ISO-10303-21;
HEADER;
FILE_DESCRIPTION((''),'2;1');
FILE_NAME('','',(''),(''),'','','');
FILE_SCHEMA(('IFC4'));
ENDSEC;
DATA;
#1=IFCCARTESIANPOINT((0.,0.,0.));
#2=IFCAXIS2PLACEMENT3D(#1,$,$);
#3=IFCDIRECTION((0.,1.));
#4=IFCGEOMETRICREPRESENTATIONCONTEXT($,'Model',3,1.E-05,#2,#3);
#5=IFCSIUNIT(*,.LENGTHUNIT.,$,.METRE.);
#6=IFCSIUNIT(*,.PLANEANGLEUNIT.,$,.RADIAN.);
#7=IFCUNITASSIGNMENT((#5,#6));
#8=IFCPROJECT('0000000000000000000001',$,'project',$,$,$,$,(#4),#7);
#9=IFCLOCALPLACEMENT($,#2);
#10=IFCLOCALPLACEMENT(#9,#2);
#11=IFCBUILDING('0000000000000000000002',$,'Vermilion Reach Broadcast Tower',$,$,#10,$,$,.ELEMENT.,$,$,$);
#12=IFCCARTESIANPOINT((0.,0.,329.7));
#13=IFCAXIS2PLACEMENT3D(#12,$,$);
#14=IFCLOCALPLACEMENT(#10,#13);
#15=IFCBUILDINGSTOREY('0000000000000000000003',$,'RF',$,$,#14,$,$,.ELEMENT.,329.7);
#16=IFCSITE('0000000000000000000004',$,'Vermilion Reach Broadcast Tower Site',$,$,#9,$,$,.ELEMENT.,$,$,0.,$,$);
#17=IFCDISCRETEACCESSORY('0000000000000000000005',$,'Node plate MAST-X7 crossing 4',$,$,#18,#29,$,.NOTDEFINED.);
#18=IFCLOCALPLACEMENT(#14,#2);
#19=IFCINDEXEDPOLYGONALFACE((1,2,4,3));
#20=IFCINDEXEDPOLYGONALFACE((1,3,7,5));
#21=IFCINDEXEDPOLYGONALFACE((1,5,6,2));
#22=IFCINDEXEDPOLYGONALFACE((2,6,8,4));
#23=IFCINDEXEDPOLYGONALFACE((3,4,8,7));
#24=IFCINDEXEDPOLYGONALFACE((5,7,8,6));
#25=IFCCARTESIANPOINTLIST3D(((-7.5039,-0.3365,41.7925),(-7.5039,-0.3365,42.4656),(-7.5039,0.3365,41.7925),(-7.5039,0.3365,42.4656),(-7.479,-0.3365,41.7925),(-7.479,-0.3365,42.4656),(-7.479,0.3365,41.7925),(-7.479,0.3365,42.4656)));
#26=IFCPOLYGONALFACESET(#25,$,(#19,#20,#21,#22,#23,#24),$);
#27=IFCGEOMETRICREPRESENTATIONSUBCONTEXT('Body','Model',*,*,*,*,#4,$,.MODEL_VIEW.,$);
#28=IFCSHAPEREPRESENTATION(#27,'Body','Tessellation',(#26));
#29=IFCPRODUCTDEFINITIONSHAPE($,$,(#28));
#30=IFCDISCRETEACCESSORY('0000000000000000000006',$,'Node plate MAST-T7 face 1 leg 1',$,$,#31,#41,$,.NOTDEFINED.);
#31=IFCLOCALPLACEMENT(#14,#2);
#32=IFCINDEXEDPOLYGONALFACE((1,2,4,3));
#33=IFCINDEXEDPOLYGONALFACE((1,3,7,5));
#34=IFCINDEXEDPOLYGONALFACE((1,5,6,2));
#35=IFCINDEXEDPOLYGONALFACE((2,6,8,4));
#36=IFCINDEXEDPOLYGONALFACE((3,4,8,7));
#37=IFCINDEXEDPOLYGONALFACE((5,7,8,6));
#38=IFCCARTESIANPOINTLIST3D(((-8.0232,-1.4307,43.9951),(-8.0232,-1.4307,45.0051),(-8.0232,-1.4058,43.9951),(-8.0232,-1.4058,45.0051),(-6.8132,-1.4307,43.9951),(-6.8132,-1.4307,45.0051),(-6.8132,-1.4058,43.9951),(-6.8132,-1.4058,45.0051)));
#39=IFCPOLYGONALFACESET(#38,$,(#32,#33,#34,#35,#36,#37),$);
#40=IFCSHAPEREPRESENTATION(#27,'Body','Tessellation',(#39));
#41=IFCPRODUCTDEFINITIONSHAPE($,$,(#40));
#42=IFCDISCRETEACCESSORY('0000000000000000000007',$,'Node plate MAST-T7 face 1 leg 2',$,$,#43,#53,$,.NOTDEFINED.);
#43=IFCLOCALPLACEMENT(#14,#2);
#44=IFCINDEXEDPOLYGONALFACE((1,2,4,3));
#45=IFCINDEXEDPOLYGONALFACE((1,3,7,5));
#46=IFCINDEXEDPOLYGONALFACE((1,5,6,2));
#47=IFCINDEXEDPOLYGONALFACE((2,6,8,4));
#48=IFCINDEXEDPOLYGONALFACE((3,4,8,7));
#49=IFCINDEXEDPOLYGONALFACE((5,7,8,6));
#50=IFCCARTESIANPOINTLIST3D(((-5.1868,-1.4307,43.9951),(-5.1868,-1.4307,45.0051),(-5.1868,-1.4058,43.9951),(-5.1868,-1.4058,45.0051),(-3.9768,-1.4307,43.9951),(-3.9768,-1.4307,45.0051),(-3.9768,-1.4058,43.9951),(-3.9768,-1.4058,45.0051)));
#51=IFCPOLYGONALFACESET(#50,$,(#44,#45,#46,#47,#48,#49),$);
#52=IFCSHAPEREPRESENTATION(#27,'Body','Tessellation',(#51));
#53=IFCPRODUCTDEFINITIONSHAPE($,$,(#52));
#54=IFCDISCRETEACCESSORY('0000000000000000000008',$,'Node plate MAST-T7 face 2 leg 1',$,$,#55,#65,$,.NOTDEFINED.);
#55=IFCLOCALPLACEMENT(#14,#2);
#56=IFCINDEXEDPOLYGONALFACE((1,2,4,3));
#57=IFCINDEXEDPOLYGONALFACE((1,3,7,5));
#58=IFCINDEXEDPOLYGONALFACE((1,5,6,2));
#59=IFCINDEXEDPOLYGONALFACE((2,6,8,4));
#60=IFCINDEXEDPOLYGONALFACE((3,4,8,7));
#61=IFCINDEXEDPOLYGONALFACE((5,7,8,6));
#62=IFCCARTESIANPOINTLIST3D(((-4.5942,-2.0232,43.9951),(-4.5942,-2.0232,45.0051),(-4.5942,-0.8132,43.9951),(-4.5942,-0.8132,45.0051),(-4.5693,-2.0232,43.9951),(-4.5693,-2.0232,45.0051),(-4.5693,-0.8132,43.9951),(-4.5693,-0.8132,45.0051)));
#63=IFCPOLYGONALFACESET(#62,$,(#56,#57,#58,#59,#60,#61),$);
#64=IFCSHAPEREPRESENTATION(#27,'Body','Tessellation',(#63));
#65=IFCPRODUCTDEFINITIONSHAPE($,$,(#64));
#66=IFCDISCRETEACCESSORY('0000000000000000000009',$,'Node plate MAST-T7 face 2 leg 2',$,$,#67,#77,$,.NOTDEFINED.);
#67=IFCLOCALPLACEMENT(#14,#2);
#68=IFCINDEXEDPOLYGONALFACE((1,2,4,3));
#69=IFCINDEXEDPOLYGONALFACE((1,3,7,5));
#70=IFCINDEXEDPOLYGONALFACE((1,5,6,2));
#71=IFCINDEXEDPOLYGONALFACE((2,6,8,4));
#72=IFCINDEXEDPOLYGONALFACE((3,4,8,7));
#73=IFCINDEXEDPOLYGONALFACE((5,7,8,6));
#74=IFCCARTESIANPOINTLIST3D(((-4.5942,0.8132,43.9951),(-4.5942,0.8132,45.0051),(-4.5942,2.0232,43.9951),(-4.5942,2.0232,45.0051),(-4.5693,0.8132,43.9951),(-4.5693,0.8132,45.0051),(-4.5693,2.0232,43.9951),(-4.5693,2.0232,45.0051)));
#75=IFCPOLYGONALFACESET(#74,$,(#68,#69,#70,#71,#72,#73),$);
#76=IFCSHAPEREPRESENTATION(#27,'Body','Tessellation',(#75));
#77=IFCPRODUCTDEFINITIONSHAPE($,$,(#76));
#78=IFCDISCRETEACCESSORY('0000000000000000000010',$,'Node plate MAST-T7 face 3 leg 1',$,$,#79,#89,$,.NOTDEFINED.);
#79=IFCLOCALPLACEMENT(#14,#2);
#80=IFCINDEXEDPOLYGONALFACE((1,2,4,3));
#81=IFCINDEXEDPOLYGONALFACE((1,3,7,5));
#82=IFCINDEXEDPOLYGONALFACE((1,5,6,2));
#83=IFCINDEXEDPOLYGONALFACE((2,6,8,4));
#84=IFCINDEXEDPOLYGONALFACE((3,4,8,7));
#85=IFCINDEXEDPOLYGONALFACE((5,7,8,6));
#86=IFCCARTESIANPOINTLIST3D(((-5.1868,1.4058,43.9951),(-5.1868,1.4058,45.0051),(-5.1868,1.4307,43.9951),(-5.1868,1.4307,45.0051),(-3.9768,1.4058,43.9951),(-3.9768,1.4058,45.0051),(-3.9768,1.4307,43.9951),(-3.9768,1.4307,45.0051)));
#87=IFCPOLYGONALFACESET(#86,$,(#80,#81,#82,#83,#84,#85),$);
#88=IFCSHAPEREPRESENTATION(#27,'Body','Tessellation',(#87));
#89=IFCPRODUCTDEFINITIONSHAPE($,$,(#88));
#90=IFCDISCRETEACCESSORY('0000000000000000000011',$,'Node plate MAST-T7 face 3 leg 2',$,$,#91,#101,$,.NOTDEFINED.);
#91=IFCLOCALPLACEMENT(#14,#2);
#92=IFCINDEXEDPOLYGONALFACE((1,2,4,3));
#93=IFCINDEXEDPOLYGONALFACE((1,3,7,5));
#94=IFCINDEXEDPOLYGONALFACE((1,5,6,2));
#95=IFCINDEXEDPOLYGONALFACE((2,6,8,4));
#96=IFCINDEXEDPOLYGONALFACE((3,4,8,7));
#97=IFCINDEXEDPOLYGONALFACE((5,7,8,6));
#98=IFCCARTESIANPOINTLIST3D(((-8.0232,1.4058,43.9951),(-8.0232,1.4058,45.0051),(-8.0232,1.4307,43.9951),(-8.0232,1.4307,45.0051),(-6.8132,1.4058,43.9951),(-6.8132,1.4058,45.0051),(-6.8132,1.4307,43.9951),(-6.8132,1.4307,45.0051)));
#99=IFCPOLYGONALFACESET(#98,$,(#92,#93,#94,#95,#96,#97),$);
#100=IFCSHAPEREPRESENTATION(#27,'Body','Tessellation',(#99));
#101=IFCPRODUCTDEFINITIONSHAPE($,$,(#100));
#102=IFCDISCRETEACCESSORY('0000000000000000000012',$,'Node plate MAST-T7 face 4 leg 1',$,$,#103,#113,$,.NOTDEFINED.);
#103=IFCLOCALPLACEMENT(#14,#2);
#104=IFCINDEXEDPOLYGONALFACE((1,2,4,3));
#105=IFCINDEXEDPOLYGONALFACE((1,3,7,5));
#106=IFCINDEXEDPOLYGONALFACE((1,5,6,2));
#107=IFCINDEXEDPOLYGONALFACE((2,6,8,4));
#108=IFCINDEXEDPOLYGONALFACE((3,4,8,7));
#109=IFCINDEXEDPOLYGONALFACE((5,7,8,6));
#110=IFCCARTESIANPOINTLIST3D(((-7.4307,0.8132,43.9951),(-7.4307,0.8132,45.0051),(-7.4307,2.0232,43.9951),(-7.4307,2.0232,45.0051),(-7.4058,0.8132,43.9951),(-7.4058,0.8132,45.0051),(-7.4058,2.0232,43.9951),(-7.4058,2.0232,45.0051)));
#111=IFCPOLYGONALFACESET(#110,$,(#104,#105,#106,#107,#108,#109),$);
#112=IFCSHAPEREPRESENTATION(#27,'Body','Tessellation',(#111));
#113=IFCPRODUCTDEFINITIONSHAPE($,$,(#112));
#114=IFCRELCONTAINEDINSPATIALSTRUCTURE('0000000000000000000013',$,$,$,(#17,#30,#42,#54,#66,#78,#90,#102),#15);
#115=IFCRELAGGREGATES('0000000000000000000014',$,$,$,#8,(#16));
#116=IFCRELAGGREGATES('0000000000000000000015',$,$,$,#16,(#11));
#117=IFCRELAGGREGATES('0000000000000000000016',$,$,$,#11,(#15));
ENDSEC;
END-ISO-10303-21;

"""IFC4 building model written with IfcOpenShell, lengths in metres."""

from ifc_helpers import new_model, si_unit, direction, frame, origin, origin_2d, place, context, subcontext, project, spatial, rectangle, extrude, element, save


model = new_model("IFC4")

# Units and contexts
model_context = context("Model", 3, precision=1e-05, world=origin(), true_north=direction((0.0, 1.0)))
body_context = subcontext(model_context, "Body", "Model", "MODEL_VIEW")
ifc_project = project(units=[si_unit("LENGTHUNIT", "METRE"), si_unit("PLANEANGLEUNIT", "RADIAN")], contexts=[model_context])

# Site, building, storey
site_placement = place(None, origin())
site = spatial("IfcSite", under=ifc_project, at=site_placement, Name="Vermilion Reach Broadcast Tower Site", CompositionType="ELEMENT", RefElevation=0.0)
building_placement = place(site_placement, origin())
building = spatial("IfcBuilding", under=site, at=building_placement, Name="Vermilion Reach Broadcast Tower", CompositionType="ELEMENT")
storey_placement = place(building_placement, frame((0.0, 0.0, 329.7)))
storey = spatial("IfcBuildingStorey", under=building, at=storey_placement, Name="RF", CompositionType="ELEMENT", Elevation=329.7)

# Discrete accessories
for number, where, z_axis, x_axis, name in (
    (1, (-7.4915, 0.0, 41.7925), (0.0, 0.0, 1.0), (1.0, 0.0, 0.0), "Node plate MAST-X7 crossing 4"),
):
    element("IfcDiscreteAccessory", number, at=place(storey_placement, frame(where, z_axis=z_axis, x_axis=x_axis)), inside=storey, Name=name, PredefinedType="NOTDEFINED", context=body_context, shape_type="SweptSolid", body=[
        extrude(rectangle(XDim=0.0249, YDim=0.6731, at=origin_2d()), origin(), (0.0, 0.0, 1.0), 0.6731),
    ])
for number, where, z_axis, x_axis, name in (
    (2, (-7.4182, -1.4182, 43.9951), (0.0, 0.0, 1.0), (0.0, 1.0, 0.0), "Node plate MAST-T7 face 1 leg 1"),
    (3, (-4.5818, -1.4182, 43.9951), (0.0, 0.0, 1.0), (0.0, 1.0, 0.0), "Node plate MAST-T7 face 1 leg 2"),
    (4, (-4.5818, -1.4182, 43.9951), (0.0, 0.0, 1.0), (-1.0, 0.0, 0.0), "Node plate MAST-T7 face 2 leg 1"),
    (5, (-4.5818, 1.4182, 43.9951), (0.0, 0.0, 1.0), (-1.0, 0.0, 0.0), "Node plate MAST-T7 face 2 leg 2"),
    (6, (-4.5818, 1.4182, 43.9951), (0.0, 0.0, 1.0), (0.0, -1.0, 0.0), "Node plate MAST-T7 face 3 leg 1"),
    (7, (-7.4182, 1.4182, 43.9951), (0.0, 0.0, 1.0), (0.0, -1.0, 0.0), "Node plate MAST-T7 face 3 leg 2"),
    (8, (-7.4182, 1.4182, 43.9951), (0.0, 0.0, 1.0), (1.0, 0.0, 0.0), "Node plate MAST-T7 face 4 leg 1"),
):
    element("IfcDiscreteAccessory", number, at=place(storey_placement, frame(where, z_axis=z_axis, x_axis=x_axis)), inside=storey, Name=name, PredefinedType="NOTDEFINED", context=body_context, shape_type="SweptSolid", body=[
        extrude(rectangle(XDim=0.0249, YDim=1.21, at=origin_2d()), origin(), (0.0, 0.0, 1.0), 1.01),
    ])

save(model, "model.ifc")
